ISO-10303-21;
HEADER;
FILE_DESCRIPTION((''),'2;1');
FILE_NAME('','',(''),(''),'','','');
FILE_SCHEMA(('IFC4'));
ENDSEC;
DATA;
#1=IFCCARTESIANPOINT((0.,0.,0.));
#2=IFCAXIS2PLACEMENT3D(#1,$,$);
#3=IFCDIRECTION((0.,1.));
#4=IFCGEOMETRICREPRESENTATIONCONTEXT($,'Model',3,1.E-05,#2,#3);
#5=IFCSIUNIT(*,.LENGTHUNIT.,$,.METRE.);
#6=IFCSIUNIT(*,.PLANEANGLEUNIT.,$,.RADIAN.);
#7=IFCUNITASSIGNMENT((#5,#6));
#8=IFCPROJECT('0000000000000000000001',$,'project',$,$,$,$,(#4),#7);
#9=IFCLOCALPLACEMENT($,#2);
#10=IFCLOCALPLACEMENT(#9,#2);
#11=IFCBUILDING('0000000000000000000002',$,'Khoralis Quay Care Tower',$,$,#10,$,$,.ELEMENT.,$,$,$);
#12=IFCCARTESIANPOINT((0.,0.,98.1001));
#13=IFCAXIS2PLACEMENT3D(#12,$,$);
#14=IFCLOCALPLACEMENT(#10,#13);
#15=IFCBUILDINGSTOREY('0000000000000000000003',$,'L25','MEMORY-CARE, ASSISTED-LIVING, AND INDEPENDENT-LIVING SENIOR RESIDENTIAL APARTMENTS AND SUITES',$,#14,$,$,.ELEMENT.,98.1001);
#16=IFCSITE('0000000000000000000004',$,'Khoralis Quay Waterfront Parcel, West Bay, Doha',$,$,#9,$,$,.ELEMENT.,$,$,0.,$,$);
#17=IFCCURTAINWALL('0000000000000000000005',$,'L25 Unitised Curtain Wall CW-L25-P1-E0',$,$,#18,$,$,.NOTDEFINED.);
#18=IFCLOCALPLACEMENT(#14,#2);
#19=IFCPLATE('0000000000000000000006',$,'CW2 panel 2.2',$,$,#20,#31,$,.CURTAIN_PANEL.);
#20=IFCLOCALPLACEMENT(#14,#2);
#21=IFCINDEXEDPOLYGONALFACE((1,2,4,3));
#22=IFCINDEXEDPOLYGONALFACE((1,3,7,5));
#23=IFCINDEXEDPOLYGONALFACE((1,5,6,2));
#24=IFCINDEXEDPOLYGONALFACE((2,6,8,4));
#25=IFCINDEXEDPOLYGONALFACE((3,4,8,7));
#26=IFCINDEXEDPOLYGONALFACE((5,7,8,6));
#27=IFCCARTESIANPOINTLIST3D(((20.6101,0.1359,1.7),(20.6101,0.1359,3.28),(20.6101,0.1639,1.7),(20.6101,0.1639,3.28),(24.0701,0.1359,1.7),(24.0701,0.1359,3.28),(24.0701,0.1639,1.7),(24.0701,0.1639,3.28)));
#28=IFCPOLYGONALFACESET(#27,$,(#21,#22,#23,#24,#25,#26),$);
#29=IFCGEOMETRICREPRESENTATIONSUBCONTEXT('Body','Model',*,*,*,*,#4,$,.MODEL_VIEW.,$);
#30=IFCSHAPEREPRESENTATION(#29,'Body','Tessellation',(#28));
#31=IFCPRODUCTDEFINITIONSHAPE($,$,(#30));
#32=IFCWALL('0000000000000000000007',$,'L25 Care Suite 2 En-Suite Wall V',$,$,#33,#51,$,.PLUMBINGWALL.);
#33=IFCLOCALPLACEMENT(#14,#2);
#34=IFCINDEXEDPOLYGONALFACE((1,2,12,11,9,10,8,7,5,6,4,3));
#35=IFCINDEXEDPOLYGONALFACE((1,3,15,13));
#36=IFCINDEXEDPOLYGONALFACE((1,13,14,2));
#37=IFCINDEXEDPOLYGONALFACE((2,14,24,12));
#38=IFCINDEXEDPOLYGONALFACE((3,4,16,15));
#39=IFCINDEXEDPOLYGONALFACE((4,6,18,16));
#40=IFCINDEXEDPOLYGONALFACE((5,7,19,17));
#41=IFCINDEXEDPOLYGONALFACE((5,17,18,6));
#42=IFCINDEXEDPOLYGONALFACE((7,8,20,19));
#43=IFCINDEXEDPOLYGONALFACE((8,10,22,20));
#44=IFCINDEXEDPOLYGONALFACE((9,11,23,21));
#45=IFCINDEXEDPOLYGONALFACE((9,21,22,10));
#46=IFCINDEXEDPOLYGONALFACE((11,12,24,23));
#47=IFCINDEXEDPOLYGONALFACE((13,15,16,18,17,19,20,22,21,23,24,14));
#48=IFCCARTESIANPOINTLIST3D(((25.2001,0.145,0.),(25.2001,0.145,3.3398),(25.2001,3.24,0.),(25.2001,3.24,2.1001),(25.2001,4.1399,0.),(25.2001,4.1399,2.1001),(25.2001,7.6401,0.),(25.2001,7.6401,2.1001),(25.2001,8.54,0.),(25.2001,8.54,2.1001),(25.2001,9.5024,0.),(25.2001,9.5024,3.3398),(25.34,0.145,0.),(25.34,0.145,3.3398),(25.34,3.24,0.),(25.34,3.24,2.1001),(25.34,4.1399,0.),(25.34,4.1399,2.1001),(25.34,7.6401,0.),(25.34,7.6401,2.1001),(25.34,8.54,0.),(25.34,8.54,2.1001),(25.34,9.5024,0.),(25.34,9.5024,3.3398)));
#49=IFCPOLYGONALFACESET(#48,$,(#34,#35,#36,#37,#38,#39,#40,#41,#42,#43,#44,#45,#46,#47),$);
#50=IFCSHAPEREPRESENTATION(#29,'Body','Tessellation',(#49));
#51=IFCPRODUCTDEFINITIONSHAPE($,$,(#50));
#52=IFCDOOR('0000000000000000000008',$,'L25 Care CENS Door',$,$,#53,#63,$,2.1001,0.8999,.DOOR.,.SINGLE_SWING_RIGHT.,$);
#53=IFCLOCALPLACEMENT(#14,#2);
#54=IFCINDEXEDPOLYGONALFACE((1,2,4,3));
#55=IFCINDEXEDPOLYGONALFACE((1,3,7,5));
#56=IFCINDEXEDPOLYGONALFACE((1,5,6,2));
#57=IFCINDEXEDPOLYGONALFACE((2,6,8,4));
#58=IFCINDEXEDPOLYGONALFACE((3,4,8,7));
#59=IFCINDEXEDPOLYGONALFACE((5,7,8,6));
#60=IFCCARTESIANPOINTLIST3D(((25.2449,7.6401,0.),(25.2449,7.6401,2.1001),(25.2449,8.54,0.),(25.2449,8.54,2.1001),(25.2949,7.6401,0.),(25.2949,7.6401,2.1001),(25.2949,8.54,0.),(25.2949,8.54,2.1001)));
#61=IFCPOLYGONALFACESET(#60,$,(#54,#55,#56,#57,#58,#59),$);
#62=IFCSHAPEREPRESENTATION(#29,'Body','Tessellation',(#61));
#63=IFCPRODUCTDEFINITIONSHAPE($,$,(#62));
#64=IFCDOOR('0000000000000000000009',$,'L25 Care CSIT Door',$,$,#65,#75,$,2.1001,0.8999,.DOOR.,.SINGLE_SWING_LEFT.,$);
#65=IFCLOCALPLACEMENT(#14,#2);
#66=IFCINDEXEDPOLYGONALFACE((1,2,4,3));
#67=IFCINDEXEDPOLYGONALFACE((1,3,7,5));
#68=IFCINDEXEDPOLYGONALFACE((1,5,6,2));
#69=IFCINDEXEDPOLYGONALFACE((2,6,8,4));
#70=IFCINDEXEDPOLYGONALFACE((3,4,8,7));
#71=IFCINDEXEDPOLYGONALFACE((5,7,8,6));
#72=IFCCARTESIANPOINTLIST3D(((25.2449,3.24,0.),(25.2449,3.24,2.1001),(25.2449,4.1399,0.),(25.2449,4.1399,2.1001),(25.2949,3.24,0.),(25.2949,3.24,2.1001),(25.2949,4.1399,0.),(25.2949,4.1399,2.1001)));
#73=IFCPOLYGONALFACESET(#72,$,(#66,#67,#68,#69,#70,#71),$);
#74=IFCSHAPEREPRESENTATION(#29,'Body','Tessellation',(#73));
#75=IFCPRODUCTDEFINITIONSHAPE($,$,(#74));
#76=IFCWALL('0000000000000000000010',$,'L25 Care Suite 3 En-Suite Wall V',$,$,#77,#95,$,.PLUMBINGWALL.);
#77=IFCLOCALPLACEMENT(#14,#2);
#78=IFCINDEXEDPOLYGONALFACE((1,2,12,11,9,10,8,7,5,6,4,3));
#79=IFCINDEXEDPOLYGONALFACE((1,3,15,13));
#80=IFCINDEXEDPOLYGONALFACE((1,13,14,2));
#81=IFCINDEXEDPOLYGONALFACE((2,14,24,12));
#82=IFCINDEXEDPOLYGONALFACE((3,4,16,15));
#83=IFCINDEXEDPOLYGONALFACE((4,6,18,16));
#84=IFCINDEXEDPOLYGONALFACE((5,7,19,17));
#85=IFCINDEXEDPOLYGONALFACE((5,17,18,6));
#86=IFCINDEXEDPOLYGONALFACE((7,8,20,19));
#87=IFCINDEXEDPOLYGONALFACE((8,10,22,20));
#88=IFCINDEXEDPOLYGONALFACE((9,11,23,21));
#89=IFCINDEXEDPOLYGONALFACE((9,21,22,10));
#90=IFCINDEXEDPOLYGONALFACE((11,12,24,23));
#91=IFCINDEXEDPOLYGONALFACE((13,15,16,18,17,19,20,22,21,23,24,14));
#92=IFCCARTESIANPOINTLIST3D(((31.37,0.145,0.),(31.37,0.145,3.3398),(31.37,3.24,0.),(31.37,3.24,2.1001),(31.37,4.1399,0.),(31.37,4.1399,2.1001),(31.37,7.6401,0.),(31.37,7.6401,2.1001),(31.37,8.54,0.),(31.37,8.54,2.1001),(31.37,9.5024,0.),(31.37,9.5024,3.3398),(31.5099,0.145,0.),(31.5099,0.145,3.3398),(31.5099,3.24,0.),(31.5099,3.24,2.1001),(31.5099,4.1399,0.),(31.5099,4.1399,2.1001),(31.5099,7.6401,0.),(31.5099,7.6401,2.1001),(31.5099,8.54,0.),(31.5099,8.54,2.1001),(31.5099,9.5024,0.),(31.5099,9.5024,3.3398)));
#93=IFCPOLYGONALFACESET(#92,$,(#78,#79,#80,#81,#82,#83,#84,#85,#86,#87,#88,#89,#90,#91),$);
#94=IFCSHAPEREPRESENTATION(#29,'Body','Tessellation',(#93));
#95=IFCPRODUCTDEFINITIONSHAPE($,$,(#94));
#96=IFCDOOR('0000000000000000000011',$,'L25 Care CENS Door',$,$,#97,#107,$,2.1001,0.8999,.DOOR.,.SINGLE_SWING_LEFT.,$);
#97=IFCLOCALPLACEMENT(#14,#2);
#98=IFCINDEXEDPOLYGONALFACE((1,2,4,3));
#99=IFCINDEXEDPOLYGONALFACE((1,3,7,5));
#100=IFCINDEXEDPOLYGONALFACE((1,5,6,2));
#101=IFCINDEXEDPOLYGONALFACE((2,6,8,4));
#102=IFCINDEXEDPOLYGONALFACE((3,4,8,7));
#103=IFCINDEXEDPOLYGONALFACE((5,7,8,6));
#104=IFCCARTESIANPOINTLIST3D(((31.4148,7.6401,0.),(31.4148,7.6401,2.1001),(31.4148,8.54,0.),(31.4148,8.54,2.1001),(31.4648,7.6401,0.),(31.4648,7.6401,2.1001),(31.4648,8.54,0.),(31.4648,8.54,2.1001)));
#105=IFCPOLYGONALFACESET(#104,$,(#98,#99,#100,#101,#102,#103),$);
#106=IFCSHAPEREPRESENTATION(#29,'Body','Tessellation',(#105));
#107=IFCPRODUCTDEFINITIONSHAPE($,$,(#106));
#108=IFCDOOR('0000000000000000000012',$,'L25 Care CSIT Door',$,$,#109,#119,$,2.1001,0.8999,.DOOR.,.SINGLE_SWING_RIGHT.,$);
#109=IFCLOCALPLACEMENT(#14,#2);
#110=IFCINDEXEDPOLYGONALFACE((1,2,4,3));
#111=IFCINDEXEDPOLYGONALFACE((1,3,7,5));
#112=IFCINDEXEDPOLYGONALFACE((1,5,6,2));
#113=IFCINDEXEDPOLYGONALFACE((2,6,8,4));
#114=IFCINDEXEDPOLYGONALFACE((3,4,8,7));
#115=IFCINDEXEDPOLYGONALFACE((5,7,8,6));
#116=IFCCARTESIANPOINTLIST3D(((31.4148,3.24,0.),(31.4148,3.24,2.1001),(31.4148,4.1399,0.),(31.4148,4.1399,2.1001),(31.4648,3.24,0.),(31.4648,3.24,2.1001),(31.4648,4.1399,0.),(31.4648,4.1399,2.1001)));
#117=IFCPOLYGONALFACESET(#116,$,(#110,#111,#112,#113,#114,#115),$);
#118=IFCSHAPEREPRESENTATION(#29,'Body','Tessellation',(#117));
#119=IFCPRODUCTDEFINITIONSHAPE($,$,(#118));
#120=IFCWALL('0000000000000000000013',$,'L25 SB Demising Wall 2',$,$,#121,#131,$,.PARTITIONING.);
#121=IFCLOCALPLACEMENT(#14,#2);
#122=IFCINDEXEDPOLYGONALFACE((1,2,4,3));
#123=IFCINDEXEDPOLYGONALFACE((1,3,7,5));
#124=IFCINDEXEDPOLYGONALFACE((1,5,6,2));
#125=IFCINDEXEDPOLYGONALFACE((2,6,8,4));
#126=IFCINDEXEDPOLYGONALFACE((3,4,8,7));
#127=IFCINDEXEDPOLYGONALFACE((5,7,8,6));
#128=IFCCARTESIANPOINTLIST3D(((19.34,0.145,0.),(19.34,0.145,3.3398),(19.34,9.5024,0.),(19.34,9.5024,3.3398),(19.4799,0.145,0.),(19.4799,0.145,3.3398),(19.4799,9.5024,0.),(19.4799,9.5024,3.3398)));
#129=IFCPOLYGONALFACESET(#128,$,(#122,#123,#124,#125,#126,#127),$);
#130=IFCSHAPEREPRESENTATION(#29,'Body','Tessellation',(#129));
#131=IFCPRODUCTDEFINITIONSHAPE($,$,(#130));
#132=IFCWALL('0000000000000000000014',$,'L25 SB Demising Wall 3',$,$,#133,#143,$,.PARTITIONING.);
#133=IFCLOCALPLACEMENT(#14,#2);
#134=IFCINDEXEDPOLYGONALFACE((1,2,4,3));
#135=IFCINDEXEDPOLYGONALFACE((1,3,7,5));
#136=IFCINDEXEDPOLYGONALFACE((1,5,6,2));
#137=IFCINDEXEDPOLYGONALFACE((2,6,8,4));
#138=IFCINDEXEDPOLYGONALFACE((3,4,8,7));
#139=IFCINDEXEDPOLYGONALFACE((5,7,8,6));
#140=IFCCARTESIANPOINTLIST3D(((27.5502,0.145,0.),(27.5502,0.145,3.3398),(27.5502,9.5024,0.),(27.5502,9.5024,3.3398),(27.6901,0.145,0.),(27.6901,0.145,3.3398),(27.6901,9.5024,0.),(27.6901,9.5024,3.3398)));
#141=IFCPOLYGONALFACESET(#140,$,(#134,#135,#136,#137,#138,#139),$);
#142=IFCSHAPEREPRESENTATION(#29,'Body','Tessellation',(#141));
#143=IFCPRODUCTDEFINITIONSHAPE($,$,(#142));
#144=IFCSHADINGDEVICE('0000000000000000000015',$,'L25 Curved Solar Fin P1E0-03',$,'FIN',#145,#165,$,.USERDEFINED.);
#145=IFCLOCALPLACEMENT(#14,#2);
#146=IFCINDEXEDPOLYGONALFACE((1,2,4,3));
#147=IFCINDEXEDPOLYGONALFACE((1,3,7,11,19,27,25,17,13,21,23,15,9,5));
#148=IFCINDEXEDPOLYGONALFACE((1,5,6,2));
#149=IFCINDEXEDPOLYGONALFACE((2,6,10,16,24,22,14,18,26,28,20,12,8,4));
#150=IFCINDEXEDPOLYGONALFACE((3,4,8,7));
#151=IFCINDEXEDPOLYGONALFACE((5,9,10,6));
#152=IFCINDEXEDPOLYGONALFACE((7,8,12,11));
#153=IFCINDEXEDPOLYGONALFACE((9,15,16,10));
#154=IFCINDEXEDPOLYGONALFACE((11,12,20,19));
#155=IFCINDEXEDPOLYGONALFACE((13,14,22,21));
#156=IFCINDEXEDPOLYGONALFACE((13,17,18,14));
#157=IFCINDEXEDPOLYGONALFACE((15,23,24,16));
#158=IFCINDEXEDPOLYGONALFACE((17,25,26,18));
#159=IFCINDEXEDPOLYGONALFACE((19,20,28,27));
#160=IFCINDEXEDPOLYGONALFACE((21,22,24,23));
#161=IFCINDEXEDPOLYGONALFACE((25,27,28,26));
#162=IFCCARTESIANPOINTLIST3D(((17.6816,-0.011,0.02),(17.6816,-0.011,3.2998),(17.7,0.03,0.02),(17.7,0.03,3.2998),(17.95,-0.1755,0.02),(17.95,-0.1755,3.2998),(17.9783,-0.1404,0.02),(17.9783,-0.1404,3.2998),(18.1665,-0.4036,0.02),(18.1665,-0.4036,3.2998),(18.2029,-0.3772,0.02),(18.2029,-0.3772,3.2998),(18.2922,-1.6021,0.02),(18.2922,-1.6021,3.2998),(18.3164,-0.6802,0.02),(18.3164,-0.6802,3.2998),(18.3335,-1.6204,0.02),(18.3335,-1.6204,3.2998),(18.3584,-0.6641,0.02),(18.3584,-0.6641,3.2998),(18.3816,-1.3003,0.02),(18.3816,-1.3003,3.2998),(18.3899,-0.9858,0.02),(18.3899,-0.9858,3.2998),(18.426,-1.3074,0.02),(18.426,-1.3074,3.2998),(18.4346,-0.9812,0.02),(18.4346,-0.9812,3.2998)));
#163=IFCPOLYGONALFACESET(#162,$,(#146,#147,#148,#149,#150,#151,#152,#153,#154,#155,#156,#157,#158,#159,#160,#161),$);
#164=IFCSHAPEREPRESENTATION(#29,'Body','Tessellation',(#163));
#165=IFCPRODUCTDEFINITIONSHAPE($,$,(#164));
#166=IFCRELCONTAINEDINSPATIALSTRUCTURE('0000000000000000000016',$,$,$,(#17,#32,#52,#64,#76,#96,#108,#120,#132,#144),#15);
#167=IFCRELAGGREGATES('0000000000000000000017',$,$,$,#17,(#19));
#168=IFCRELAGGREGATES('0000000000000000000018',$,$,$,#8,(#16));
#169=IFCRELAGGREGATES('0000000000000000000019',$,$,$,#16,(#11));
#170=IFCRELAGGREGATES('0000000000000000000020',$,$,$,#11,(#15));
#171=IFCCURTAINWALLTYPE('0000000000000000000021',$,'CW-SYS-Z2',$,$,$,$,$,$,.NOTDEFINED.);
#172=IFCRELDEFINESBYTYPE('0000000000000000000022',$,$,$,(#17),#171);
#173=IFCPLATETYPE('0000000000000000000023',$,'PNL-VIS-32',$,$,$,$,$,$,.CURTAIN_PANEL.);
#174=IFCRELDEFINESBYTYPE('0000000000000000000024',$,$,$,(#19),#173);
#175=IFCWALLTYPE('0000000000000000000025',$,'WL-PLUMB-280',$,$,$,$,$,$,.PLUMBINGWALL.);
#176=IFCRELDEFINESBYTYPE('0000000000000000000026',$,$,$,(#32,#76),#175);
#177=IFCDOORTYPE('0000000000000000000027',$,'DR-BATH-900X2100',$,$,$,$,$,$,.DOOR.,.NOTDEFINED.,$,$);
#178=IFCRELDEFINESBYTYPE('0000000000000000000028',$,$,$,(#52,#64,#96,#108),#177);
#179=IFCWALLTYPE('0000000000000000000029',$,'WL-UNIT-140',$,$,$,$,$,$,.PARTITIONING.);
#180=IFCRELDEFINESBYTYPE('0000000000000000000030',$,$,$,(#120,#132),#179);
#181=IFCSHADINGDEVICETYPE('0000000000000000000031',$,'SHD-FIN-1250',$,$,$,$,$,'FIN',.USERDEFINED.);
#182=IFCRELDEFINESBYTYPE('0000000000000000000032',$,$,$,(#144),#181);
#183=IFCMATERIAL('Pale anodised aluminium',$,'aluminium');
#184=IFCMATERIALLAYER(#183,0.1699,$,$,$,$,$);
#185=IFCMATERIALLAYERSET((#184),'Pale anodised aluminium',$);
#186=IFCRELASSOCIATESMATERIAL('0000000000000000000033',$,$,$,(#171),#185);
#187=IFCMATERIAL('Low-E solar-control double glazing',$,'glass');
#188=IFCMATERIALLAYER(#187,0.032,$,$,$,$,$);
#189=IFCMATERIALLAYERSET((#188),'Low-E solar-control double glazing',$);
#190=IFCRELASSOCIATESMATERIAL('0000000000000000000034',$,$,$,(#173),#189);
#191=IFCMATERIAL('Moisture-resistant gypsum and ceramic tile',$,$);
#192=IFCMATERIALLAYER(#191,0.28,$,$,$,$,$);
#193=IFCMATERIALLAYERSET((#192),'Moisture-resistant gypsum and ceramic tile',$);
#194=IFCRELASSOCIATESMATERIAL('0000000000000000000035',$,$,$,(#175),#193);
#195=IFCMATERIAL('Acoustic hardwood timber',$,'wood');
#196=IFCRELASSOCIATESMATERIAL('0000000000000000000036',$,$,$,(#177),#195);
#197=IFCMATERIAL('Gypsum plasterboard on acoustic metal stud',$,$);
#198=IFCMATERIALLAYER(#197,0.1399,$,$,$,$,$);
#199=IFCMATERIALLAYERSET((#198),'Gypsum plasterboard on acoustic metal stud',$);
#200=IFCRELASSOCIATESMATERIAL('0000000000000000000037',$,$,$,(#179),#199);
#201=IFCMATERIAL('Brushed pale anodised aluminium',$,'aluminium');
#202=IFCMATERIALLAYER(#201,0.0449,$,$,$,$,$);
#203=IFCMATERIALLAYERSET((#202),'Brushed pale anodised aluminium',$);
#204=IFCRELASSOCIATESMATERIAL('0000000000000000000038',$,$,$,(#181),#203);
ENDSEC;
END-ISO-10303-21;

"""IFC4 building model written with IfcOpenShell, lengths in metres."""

from ifc_helpers import new_model, si_unit, direction, frame, frame_2d, origin, origin_2d, place, context, subcontext, project, spatial, polyline, rectangle, outline, extrude, source, transform, mapped, material, layer, layer_set, type_object, element, fill, aggregate, save


model = new_model("IFC4")

# Units and contexts
model_context = context("Model", 3, precision=1e-05, world=origin(), true_north=direction((0.0, 1.0)))
body_context = subcontext(model_context, "Body", "Model", "MODEL_VIEW")
ifc_project = project(units=[si_unit("LENGTHUNIT", "METRE"), si_unit("PLANEANGLEUNIT", "RADIAN")], contexts=[model_context])

# Site, building, storey
site_placement = place(None, origin())
site = spatial("IfcSite", under=ifc_project, at=site_placement, Name="Khoralis Quay Waterfront Parcel, West Bay, Doha", CompositionType="ELEMENT", RefElevation=0.0)
building_placement = place(site_placement, origin())
building = spatial("IfcBuilding", under=site, at=building_placement, Name="Khoralis Quay Care Tower", CompositionType="ELEMENT")
storey_placement = place(building_placement, frame((0.0, 0.0, 98.1001)))
storey = spatial("IfcBuildingStorey", under=building, at=storey_placement, Name="L25", Description="MEMORY-CARE, ASSISTED-LIVING, AND INDEPENDENT-LIVING SENIOR RESIDENTIAL APARTMENTS AND SUITES", CompositionType="ELEMENT", Elevation=98.1001)

# Curtain wall, plate
ifc_material_1 = material(Name="Pale anodised aluminium", Category="aluminium")
ifc_layer_1 = layer(ifc_material_1, 0.1699)
ifc_layer_set_1 = layer_set([ifc_layer_1], Name="Pale anodised aluminium")
curtain_wall_type = type_object("IfcCurtainWallType", Name="CW-SYS-Z2", PredefinedType="NOTDEFINED", material=ifc_layer_set_1)
curtain_wall_placement = place(storey_placement, origin())
curtain_wall = element("IfcCurtainWall", 1, at=curtain_wall_placement, inside=storey, type_object=curtain_wall_type, Name="L25 Unitised Curtain Wall CW-L25-P1-E0", PredefinedType="NOTDEFINED")
ifc_material_2 = material(Name="Low-E solar-control double glazing", Category="glass")
ifc_layer_2 = layer(ifc_material_2, 0.032)
ifc_layer_set_2 = layer_set([ifc_layer_2], Name="Low-E solar-control double glazing")
plate_type = type_object("IfcPlateType", Name="PNL-VIS-32", PredefinedType="CURTAIN_PANEL", material=ifc_layer_set_2)
shared_shape_1 = source(origin(), body_context, "Body", "SweptSolid", [
    extrude(rectangle(XDim=3.46, YDim=0.0281, at=origin_2d()), origin(), (0.0, 0.0, 1.0), 1.5801),
])
plate_1_placement = place(storey_placement, frame((22.3401, 0.1499, 1.7), z_axis=(0.0, 0.0, 1.0), x_axis=(1.0, 0.0, 0.0)))
plate_1 = element("IfcPlate", 2, at=plate_1_placement, type_object=plate_type, Name="CW2 panel 2.2", PredefinedType="CURTAIN_PANEL", context=body_context, shape_type="MappedRepresentation", body=[
    mapped(shared_shape_1, transform((0.0, 0.0, 0.0), scale=1.0)),
])
aggregate(curtain_wall, [plate_1])

# Walls, openings, doors
ifc_material_3 = material(Name="Moisture-resistant gypsum and ceramic tile")
ifc_layer_3 = layer(ifc_material_3, 0.28)
ifc_layer_set_3 = layer_set([ifc_layer_3], Name="Moisture-resistant gypsum and ceramic tile")
wall_type_1 = type_object("IfcWallType", Name="WL-PLUMB-280", PredefinedType="PLUMBINGWALL", material=ifc_layer_set_3)
wall_1_placement = place(storey_placement, frame((25.27, 0.145, 0.0), z_axis=(0.0, 0.0, 1.0), x_axis=(0.0, 1.0, 0.0)))
wall_1 = element("IfcWall", 3, at=wall_1_placement, inside=storey, type_object=wall_type_1, Name="L25 Care Suite 2 En-Suite Wall V", PredefinedType="PLUMBINGWALL", context=body_context, shape_type="SweptSolid", body=[
    extrude(rectangle(XDim=9.3574, YDim=0.1399, at=frame_2d((4.6787, 0.0))), origin(), (0.0, 0.0, 1.0), 3.3398),
])
opening_1_placement = place(wall_1_placement, frame((7.4951, 0.0, 0.0)))
opening_1 = element("IfcOpeningElement", 4, at=opening_1_placement, cuts=wall_1, PredefinedType="OPENING", context=body_context, shape_type="SweptSolid", body=[
    extrude(rectangle(XDim=0.8999, YDim=2.1001, at=frame_2d((0.45, 1.05))), frame((0.0, 0.0801, 0.0), z_axis=(0.0, -1.0, 0.0), x_axis=(1.0, 0.0, 0.0)), (0.0, 0.0, 1.0), 0.1599),
])
opening_2_placement = place(wall_1_placement, frame((3.095, 0.0, 0.0)))
opening_2 = element("IfcOpeningElement", 5, at=opening_2_placement, cuts=wall_1, PredefinedType="OPENING", context=body_context, shape_type="SweptSolid", body=[
    extrude(rectangle(XDim=0.8999, YDim=2.1001, at=frame_2d((0.45, 1.05))), frame((0.0, 0.0801, 0.0), z_axis=(0.0, -1.0, 0.0), x_axis=(1.0, 0.0, 0.0)), (0.0, 0.0, 1.0), 0.1599),
])
ifc_material_4 = material(Name="Acoustic hardwood timber", Category="wood")
door_type = type_object("IfcDoorType", Name="DR-BATH-900X2100", OperationType="NOTDEFINED", PredefinedType="DOOR", material=ifc_material_4)
shared_shape_2 = source(origin(), body_context, "Body", "SweptSolid", [
    extrude(rectangle(XDim=0.8999, YDim=2.1001, at=frame_2d((0.45, 1.05))), frame((0.0, 0.0249, 0.0), z_axis=(0.0, -1.0, 0.0), x_axis=(1.0, 0.0, 0.0)), (0.0, 0.0, 1.0), 0.05),
])
door_1_placement = place(opening_1_placement, frame((0.8999, 0.0, 0.0), z_axis=(0.0, 0.0, 1.0), x_axis=(-1.0, 0.0, 0.0)))
door_1 = element("IfcDoor", 6, at=door_1_placement, inside=storey, type_object=door_type, Name="L25 Care CENS Door", OperationType="SINGLE_SWING_RIGHT", OverallHeight=2.1001, OverallWidth=0.8999, PredefinedType="DOOR", context=body_context, shape_type="MappedRepresentation", body=[
    mapped(shared_shape_2, transform((0.0, 0.0, 0.0), scale=1.0)),
])
fill(opening_1, door_1)
door_2_placement = place(opening_2_placement, frame((0.8999, 0.0, 0.0), z_axis=(0.0, 0.0, 1.0), x_axis=(-1.0, 0.0, 0.0)))
door_2 = element("IfcDoor", 7, at=door_2_placement, inside=storey, type_object=door_type, Name="L25 Care CSIT Door", OperationType="SINGLE_SWING_LEFT", OverallHeight=2.1001, OverallWidth=0.8999, PredefinedType="DOOR", context=body_context, shape_type="MappedRepresentation", body=[
    mapped(shared_shape_2, transform((0.0, 0.0, 0.0), scale=1.0)),
])
fill(opening_2, door_2)
wall_2_placement = place(storey_placement, frame((31.4399, 0.145, 0.0), z_axis=(0.0, 0.0, 1.0), x_axis=(0.0, 1.0, 0.0)))
wall_2 = element("IfcWall", 8, at=wall_2_placement, inside=storey, type_object=wall_type_1, Name="L25 Care Suite 3 En-Suite Wall V", PredefinedType="PLUMBINGWALL", context=body_context, shape_type="SweptSolid", body=[
    extrude(rectangle(XDim=9.3574, YDim=0.1399, at=frame_2d((4.6787, 0.0))), origin(), (0.0, 0.0, 1.0), 3.3398),
])
opening_3_placement = place(wall_2_placement, frame((7.4951, 0.0, 0.0)))
opening_3 = element("IfcOpeningElement", 9, at=opening_3_placement, cuts=wall_2, PredefinedType="OPENING", context=body_context, shape_type="SweptSolid", body=[
    extrude(rectangle(XDim=0.8999, YDim=2.1001, at=frame_2d((0.45, 1.05))), frame((0.0, 0.0801, 0.0), z_axis=(0.0, -1.0, 0.0), x_axis=(1.0, 0.0, 0.0)), (0.0, 0.0, 1.0), 0.1599),
])
opening_4_placement = place(wall_2_placement, frame((3.095, 0.0, 0.0)))
opening_4 = element("IfcOpeningElement", 10, at=opening_4_placement, cuts=wall_2, PredefinedType="OPENING", context=body_context, shape_type="SweptSolid", body=[
    extrude(rectangle(XDim=0.8999, YDim=2.1001, at=frame_2d((0.45, 1.05))), frame((0.0, 0.0801, 0.0), z_axis=(0.0, -1.0, 0.0), x_axis=(1.0, 0.0, 0.0)), (0.0, 0.0, 1.0), 0.1599),
])
door_3_placement = place(opening_3_placement, frame((0.8999, 0.0, 0.0), z_axis=(0.0, 0.0, 1.0), x_axis=(-1.0, 0.0, 0.0)))
door_3 = element("IfcDoor", 11, at=door_3_placement, inside=storey, type_object=door_type, Name="L25 Care CENS Door", OperationType="SINGLE_SWING_LEFT", OverallHeight=2.1001, OverallWidth=0.8999, PredefinedType="DOOR", context=body_context, shape_type="MappedRepresentation", body=[
    mapped(shared_shape_2, transform((0.0, 0.0, 0.0), scale=1.0)),
])
fill(opening_3, door_3)
door_4_placement = place(opening_4_placement, frame((0.8999, 0.0, 0.0), z_axis=(0.0, 0.0, 1.0), x_axis=(-1.0, 0.0, 0.0)))
door_4 = element("IfcDoor", 12, at=door_4_placement, inside=storey, type_object=door_type, Name="L25 Care CSIT Door", OperationType="SINGLE_SWING_RIGHT", OverallHeight=2.1001, OverallWidth=0.8999, PredefinedType="DOOR", context=body_context, shape_type="MappedRepresentation", body=[
    mapped(shared_shape_2, transform((0.0, 0.0, 0.0), scale=1.0)),
])
fill(opening_4, door_4)

# Walls
ifc_material_5 = material(Name="Gypsum plasterboard on acoustic metal stud")
ifc_layer_4 = layer(ifc_material_5, 0.1399)
ifc_layer_set_4 = layer_set([ifc_layer_4], Name="Gypsum plasterboard on acoustic metal stud")
wall_type_2 = type_object("IfcWallType", Name="WL-UNIT-140", PredefinedType="PARTITIONING", material=ifc_layer_set_4)
for number, where, z_axis, x_axis, name in (
    (13, (19.4099, 0.145, 0.0), (0.0, 0.0, 1.0), (0.0, 1.0, 0.0), "L25 SB Demising Wall 2"),
    (14, (27.6201, 0.145, 0.0), (0.0, 0.0, 1.0), (0.0, 1.0, 0.0), "L25 SB Demising Wall 3"),
):
    element("IfcWall", number, at=place(storey_placement, frame(where, z_axis=z_axis, x_axis=x_axis)), inside=storey, type_object=wall_type_2, Name=name, PredefinedType="PARTITIONING", context=body_context, shape_type="SweptSolid", body=[
        extrude(rectangle(XDim=9.3574, YDim=0.1399, at=frame_2d((4.6787, 0.0))), origin(), (0.0, 0.0, 1.0), 3.3398),
    ])

# Shading device
ifc_material_6 = material(Name="Brushed pale anodised aluminium", Category="aluminium")
ifc_layer_5 = layer(ifc_material_6, 0.0449)
ifc_layer_set_5 = layer_set([ifc_layer_5], Name="Brushed pale anodised aluminium")
shading_device_type = type_object("IfcShadingDeviceType", Name="SHD-FIN-1250", ElementType="FIN", PredefinedType="USERDEFINED", material=ifc_layer_set_5)
shared_shape_3 = source(origin(), body_context, "Body", "SweptSolid", [
    extrude(outline(polyline([(0.0, 0.0), (0.1704, 0.2783), (0.4072, 0.5029), (0.6941, 0.6584), (1.0112, 0.7346), (1.3374, 0.7261), (1.6504, 0.6335), (1.6321, 0.5923), (1.3303, 0.6816), (1.0159, 0.6899), (0.7102, 0.6165), (0.4336, 0.4666), (0.2056, 0.25), (0.041, -0.0183), (0.0, 0.0)])), origin(), (0.0, 0.0, 1.0), 3.2798),
])
for number, where, z_axis, x_axis, name in (
    (15, (17.7, 0.03, 0.02), (0.0, 0.0, 1.0), (0.0, -1.0, 0.0), "L25 Curved Solar Fin P1E0-03"),
):
    element("IfcShadingDevice", number, at=place(storey_placement, frame(where, z_axis=z_axis, x_axis=x_axis)), inside=storey, type_object=shading_device_type, Name=name, ObjectType="FIN", PredefinedType="USERDEFINED", context=body_context, shape_type="MappedRepresentation", body=[
        mapped(shared_shape_3, transform((0.0, 0.0, 0.0), scale=1.0)),
    ])

save(model, "model.ifc")
